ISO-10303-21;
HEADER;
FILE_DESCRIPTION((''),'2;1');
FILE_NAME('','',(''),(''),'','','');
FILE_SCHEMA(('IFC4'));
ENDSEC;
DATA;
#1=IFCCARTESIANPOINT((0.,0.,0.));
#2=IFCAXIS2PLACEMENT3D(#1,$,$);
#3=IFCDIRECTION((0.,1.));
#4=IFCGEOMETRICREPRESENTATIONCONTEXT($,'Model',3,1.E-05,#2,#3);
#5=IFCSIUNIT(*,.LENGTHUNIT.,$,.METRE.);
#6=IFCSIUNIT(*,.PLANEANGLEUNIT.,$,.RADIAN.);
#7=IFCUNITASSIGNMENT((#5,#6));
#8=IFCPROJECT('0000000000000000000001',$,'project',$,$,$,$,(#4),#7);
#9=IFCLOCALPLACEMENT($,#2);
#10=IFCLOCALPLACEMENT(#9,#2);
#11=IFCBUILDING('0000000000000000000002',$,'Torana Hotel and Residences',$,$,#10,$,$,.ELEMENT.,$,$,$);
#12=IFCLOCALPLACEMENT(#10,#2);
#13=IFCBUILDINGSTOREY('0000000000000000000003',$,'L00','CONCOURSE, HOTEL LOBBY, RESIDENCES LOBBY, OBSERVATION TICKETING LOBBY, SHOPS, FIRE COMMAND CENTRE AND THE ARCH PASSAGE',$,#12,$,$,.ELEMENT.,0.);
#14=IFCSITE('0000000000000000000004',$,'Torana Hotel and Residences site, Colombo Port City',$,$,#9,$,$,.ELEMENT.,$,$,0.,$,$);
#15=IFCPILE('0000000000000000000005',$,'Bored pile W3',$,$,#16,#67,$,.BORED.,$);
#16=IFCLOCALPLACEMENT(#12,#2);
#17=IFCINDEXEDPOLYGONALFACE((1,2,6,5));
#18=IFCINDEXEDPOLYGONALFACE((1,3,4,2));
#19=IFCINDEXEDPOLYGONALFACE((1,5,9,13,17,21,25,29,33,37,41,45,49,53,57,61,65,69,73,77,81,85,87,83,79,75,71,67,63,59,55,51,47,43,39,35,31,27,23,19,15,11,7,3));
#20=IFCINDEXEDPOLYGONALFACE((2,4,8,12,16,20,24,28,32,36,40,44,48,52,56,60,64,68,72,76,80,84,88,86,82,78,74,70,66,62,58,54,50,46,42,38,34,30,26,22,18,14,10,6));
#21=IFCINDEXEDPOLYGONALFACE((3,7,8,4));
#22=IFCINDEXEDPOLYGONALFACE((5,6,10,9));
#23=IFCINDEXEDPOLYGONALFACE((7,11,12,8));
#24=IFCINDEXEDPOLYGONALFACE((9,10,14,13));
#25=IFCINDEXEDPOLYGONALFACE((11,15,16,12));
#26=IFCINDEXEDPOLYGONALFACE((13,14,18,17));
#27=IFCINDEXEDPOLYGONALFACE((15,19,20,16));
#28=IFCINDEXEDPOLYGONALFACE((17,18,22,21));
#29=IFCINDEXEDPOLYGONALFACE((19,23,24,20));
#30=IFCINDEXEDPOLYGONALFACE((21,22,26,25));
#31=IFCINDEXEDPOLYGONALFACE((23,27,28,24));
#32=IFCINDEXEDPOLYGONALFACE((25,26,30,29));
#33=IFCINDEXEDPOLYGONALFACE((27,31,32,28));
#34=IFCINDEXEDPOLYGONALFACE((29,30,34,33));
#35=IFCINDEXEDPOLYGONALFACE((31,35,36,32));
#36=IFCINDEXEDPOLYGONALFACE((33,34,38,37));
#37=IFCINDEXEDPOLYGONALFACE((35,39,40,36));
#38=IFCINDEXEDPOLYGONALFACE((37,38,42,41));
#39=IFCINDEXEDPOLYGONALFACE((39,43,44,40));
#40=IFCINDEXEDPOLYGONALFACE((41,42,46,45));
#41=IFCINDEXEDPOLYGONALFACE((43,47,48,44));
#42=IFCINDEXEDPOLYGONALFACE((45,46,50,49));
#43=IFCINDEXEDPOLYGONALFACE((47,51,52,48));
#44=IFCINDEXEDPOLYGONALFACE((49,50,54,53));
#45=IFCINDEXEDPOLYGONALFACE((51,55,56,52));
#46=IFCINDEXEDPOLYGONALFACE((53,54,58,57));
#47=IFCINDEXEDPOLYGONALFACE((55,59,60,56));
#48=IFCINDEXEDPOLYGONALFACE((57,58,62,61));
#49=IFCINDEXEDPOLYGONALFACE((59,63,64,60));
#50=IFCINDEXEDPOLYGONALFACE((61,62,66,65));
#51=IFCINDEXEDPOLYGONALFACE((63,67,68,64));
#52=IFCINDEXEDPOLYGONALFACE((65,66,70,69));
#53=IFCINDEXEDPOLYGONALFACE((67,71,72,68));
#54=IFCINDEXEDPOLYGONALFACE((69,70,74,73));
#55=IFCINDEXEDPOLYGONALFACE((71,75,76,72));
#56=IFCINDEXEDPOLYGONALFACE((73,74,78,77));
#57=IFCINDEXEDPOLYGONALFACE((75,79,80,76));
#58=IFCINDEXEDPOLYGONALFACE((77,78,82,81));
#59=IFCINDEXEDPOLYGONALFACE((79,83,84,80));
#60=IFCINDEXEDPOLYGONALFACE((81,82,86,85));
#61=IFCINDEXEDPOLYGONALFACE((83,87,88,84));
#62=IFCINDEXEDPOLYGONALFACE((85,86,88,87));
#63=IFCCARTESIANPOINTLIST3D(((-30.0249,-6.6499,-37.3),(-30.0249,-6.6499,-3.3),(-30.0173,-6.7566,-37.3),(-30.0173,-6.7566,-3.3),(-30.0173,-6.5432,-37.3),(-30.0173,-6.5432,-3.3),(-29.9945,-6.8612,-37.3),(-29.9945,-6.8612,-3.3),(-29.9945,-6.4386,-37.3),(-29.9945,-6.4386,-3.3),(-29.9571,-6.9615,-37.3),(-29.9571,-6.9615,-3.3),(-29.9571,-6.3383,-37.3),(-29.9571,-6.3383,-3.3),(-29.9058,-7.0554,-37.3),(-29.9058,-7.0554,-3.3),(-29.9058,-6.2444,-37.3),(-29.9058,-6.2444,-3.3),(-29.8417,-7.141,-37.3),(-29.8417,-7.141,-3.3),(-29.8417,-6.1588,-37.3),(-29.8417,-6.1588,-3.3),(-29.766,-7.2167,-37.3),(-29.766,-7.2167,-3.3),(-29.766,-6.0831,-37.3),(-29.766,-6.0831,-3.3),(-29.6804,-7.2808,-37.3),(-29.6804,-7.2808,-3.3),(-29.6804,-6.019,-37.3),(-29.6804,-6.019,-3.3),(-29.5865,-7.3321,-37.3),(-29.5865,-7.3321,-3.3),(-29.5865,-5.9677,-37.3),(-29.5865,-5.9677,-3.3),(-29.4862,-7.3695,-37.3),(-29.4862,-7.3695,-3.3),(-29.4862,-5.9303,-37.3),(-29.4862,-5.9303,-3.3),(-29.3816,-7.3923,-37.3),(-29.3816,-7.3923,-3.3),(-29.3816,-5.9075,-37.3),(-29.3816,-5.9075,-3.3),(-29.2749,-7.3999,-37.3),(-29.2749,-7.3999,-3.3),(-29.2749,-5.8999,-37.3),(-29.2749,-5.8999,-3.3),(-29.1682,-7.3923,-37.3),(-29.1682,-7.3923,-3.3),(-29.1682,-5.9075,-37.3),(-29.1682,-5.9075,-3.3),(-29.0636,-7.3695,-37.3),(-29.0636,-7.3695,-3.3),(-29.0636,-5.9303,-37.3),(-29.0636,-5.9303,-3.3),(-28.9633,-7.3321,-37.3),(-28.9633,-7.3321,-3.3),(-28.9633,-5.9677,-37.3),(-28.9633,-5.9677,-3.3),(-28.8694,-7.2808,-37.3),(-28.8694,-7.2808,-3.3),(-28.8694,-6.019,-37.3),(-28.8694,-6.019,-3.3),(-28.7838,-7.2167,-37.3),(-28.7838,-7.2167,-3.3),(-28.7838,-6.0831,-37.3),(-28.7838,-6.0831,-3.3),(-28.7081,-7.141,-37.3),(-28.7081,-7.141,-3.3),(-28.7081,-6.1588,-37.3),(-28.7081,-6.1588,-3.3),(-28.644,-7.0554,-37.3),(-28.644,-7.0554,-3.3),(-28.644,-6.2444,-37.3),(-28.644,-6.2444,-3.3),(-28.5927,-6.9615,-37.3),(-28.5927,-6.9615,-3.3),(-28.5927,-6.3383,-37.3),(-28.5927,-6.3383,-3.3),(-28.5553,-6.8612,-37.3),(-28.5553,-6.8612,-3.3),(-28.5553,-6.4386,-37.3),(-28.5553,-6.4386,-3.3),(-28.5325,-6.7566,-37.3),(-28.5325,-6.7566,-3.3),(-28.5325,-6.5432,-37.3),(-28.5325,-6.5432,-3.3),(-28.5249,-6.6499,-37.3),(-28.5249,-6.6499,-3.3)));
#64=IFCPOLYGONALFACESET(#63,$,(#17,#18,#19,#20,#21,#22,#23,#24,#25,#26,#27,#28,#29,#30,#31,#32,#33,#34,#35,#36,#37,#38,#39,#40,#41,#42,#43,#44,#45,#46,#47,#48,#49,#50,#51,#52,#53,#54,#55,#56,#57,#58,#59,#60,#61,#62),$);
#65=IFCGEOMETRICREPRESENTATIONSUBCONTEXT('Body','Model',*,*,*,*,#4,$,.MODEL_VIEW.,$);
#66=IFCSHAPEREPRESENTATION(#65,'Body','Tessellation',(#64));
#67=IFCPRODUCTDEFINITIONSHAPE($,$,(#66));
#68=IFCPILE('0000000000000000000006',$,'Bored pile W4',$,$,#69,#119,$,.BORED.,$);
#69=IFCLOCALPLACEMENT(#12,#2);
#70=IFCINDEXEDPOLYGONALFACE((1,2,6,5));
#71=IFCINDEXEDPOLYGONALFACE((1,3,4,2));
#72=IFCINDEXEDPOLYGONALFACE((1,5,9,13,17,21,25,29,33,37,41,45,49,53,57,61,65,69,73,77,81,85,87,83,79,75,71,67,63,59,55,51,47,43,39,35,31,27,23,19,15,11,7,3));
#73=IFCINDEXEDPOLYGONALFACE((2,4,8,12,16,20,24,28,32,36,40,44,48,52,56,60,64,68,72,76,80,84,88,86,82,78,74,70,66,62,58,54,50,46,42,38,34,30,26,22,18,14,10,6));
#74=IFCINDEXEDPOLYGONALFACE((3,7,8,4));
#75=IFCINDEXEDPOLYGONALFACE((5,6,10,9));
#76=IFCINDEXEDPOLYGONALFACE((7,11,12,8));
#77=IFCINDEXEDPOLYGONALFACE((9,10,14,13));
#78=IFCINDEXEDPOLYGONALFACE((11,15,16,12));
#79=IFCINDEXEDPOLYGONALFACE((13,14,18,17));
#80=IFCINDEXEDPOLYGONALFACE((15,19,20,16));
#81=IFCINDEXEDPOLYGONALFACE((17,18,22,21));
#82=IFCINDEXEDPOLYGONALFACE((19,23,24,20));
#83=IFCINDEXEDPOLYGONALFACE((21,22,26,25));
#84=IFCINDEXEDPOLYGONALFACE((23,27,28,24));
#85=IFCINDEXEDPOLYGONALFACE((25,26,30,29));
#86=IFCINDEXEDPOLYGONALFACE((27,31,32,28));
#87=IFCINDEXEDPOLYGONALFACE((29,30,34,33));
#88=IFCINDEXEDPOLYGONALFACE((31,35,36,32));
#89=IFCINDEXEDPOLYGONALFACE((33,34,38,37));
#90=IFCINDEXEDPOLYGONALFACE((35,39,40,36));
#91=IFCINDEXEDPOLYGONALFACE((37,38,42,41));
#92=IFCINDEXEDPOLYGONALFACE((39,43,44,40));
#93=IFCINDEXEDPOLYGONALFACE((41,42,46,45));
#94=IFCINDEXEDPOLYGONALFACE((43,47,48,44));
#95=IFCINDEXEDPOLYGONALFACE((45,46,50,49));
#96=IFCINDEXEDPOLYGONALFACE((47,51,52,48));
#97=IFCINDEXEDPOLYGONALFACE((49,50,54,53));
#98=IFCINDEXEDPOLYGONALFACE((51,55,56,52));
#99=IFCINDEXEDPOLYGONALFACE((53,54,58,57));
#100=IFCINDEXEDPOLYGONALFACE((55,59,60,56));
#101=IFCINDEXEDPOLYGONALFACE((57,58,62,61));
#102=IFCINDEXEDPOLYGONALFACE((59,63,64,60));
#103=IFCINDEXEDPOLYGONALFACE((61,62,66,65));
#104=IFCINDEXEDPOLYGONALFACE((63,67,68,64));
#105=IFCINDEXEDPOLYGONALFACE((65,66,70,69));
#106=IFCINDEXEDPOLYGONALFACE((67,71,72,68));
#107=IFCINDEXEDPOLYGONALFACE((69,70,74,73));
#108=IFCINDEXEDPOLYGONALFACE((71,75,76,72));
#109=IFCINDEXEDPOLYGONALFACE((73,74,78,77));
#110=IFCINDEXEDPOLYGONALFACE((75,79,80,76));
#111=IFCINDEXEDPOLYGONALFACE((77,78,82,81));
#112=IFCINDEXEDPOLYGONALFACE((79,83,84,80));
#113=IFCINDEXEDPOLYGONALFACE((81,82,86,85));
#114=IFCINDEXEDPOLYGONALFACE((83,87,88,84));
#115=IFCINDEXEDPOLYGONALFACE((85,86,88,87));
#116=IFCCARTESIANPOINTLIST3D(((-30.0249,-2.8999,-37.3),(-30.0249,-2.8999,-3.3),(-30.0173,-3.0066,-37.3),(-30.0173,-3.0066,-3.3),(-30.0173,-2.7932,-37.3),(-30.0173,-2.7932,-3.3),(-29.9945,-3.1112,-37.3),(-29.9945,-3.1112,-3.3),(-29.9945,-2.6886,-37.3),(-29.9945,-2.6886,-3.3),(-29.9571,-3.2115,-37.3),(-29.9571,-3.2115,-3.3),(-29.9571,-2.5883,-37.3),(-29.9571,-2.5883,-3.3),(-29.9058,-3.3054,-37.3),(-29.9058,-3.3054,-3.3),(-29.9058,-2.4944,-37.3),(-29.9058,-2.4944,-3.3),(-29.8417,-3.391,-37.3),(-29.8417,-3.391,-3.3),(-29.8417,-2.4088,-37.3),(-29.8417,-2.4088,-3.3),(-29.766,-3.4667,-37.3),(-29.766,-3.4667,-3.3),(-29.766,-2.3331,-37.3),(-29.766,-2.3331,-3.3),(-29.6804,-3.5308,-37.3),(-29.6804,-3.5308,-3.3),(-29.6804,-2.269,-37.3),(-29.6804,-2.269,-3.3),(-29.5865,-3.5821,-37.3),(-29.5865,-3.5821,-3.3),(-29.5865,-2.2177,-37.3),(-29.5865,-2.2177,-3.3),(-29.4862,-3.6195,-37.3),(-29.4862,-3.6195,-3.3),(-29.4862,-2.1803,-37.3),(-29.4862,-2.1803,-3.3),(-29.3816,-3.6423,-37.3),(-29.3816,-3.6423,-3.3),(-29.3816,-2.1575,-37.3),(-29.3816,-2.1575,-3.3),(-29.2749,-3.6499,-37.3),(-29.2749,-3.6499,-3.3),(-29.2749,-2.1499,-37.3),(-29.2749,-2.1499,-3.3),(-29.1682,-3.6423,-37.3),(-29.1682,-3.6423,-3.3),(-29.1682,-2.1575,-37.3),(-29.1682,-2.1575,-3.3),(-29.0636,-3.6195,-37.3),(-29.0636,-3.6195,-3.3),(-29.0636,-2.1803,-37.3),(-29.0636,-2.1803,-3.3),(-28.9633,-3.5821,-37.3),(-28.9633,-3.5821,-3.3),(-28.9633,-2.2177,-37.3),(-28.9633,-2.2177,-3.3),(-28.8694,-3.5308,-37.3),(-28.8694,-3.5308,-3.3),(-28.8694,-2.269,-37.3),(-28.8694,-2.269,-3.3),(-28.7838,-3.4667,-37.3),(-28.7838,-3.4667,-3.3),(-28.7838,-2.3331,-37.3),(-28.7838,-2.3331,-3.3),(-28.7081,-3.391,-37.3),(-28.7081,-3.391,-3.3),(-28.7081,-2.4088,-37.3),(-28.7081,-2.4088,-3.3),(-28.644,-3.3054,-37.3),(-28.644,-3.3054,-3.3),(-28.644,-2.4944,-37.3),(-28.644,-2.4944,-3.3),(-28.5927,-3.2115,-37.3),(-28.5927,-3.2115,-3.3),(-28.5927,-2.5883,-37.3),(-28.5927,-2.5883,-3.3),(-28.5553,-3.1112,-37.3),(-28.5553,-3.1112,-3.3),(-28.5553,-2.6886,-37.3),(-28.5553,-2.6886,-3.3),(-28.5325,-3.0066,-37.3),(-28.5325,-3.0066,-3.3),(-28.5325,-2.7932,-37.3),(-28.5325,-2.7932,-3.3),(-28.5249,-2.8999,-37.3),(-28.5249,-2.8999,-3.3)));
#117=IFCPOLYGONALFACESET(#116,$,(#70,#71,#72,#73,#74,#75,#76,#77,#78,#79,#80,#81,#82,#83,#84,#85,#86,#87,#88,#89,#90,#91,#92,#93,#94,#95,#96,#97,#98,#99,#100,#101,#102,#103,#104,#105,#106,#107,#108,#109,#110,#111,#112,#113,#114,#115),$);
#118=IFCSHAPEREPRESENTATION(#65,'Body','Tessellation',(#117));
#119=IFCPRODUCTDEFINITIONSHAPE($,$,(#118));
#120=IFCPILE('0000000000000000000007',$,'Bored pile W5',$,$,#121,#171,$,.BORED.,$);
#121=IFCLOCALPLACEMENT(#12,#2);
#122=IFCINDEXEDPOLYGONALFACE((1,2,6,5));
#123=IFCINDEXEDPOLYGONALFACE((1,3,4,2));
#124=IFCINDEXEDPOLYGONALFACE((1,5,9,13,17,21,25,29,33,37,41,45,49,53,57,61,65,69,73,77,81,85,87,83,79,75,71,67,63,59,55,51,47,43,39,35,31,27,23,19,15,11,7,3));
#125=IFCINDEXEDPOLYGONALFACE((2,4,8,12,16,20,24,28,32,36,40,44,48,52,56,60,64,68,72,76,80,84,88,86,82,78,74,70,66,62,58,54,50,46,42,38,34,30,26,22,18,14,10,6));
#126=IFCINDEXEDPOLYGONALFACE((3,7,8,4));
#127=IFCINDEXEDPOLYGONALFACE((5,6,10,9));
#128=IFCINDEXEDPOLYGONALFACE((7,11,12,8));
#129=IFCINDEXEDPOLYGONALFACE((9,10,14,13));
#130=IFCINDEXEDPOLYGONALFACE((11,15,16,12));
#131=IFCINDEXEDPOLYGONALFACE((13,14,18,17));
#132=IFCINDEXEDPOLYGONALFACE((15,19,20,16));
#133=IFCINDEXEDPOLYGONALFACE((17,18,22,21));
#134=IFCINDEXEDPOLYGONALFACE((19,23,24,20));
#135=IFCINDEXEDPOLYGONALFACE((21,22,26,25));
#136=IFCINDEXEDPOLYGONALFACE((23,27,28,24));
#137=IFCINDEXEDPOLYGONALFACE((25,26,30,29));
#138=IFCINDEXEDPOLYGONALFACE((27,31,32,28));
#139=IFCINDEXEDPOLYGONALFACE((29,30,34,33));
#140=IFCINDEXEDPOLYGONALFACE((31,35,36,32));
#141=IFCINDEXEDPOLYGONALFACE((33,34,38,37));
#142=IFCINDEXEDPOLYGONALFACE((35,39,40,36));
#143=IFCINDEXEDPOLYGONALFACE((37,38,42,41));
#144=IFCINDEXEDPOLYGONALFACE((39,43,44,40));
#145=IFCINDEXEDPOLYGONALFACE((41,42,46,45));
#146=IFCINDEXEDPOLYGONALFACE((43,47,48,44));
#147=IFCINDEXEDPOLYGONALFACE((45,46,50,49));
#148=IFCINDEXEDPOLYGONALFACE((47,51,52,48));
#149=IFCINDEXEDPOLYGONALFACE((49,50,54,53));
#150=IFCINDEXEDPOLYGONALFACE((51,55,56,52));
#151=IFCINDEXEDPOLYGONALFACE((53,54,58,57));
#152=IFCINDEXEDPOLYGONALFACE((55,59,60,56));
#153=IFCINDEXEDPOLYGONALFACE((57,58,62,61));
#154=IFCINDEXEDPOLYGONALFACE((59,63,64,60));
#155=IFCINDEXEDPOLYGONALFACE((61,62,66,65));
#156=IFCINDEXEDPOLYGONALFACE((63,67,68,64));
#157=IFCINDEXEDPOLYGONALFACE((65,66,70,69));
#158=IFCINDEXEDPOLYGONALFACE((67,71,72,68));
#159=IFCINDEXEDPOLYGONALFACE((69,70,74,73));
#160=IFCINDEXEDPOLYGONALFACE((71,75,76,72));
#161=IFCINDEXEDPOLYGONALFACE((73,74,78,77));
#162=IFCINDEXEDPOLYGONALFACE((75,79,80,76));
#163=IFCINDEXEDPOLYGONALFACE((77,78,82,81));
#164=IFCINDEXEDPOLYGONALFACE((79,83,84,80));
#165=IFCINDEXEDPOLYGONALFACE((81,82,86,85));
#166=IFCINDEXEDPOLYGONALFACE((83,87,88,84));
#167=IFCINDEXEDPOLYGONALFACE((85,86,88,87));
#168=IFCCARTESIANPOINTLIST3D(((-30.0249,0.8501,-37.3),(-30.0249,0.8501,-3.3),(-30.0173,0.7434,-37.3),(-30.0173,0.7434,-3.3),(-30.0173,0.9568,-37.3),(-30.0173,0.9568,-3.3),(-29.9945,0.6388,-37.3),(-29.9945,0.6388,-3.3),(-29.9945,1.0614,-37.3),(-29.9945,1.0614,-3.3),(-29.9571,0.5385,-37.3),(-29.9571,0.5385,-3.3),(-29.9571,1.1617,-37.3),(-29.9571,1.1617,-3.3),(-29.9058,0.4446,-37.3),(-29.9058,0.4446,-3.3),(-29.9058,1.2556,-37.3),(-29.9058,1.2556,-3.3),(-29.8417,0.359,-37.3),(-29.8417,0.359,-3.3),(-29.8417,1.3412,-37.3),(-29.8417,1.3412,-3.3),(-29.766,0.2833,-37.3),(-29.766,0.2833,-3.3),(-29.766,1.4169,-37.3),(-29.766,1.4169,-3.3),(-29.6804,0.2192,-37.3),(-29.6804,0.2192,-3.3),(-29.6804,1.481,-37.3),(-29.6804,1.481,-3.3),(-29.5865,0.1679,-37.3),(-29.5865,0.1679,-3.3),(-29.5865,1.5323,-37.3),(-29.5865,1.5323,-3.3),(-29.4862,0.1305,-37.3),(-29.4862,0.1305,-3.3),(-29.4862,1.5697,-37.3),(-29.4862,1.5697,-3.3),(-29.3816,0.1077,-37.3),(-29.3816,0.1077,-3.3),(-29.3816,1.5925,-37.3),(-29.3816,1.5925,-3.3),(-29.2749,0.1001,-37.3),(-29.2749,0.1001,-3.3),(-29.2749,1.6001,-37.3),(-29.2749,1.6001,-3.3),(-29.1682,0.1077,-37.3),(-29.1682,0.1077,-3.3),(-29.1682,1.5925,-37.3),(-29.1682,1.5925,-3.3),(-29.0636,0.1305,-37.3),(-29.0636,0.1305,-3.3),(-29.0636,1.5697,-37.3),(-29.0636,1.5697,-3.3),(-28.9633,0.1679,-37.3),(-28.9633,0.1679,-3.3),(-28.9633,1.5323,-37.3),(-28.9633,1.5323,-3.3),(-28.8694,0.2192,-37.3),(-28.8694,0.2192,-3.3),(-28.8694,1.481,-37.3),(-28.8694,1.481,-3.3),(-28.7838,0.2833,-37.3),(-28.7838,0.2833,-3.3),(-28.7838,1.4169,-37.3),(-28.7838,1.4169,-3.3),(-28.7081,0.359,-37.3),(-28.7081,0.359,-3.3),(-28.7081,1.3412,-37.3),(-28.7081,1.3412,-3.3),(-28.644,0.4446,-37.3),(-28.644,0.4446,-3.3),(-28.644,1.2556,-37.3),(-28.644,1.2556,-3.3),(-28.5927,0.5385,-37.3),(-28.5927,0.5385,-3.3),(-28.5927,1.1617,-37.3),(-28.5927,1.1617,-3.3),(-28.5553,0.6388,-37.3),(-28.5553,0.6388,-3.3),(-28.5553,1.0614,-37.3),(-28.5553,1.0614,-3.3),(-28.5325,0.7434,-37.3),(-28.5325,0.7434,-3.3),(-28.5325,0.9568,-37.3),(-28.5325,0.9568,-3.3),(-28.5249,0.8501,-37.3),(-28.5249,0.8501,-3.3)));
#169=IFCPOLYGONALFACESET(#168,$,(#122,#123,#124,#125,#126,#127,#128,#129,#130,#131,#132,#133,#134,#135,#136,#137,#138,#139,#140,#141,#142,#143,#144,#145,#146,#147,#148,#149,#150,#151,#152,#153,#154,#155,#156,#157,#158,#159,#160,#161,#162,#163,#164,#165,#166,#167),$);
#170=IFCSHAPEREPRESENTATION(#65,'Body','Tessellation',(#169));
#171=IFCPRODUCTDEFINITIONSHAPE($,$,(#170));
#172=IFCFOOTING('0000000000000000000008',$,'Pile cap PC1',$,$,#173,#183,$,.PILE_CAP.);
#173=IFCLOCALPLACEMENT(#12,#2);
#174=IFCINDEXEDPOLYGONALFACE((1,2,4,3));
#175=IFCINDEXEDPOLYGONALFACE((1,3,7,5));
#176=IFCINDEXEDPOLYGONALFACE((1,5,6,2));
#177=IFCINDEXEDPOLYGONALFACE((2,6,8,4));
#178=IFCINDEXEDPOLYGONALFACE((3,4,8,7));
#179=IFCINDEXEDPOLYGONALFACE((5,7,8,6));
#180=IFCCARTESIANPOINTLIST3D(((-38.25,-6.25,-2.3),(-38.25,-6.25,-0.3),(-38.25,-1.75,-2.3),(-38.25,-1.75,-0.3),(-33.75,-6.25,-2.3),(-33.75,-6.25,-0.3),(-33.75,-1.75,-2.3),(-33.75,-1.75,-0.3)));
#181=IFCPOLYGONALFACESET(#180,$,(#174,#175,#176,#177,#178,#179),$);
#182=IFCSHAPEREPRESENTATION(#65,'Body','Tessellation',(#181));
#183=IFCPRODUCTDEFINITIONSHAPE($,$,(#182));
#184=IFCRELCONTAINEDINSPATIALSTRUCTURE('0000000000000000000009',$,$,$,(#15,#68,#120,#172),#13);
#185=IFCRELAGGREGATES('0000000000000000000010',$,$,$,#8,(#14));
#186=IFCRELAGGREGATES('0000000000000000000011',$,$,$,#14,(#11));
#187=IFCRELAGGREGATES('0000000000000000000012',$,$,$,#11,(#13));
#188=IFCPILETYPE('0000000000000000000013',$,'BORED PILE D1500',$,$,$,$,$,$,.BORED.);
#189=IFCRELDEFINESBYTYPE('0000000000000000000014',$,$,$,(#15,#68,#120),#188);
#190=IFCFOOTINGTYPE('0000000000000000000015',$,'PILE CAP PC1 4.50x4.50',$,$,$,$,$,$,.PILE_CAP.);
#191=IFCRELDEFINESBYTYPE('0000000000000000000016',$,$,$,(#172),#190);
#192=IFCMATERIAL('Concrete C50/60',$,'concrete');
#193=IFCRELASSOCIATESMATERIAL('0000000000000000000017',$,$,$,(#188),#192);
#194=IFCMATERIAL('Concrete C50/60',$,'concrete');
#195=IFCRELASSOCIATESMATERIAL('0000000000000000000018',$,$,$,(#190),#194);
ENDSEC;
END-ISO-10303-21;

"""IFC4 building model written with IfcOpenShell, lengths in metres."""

from ifc_helpers import new_model, si_unit, direction, frame, origin, origin_2d, place, context, subcontext, project, spatial, rectangle, circle, extrude, material, type_object, element, save


model = new_model("IFC4")

# Units and contexts
model_context = context("Model", 3, precision=1e-05, world=origin(), true_north=direction((0.0, 1.0)))
body_context = subcontext(model_context, "Body", "Model", "MODEL_VIEW")
ifc_project = project(units=[si_unit("LENGTHUNIT", "METRE"), si_unit("PLANEANGLEUNIT", "RADIAN")], contexts=[model_context])

# Site, building, storey
site_placement = place(None, origin())
site = spatial("IfcSite", under=ifc_project, at=site_placement, Name="Torana Hotel and Residences site, Colombo Port City", CompositionType="ELEMENT", RefElevation=0.0)
building_placement = place(site_placement, origin())
building = spatial("IfcBuilding", under=site, at=building_placement, Name="Torana Hotel and Residences", CompositionType="ELEMENT")
storey_placement = place(building_placement, origin())
storey = spatial("IfcBuildingStorey", under=building, at=storey_placement, Name="L00", Description="CONCOURSE, HOTEL LOBBY, RESIDENCES LOBBY, OBSERVATION TICKETING LOBBY, SHOPS, FIRE COMMAND CENTRE AND THE ARCH PASSAGE", CompositionType="ELEMENT", Elevation=0.0)

# Piles
ifc_material_1 = material(Name="Concrete C50/60", Category="concrete")
pile_type_1 = type_object("IfcPileType", Name="BORED PILE D1500", PredefinedType="BORED", material=ifc_material_1)
for number, where, z_axis, x_axis, name in (
    (1, (-29.2749, -6.6499, -3.3), (0.0, 0.0, -1.0), (1.0, 0.0, 0.0), "Bored pile W3"),
    (2, (-29.2749, -2.8999, -3.3), (0.0, 0.0, -1.0), (1.0, 0.0, 0.0), "Bored pile W4"),
    (3, (-29.2749, 0.8501, -3.3), (0.0, 0.0, -1.0), (1.0, 0.0, 0.0), "Bored pile W5"),
):
    element("IfcPile", number, at=place(storey_placement, frame(where, z_axis=z_axis, x_axis=x_axis)), inside=storey, type_object=pile_type_1, Name=name, PredefinedType="BORED", context=body_context, shape_type="SweptSolid", body=[
        extrude(circle(Radius=0.75, at=origin_2d()), origin(), (0.0, 0.0, 1.0), 34.0),
    ])

# Footing
ifc_material_2 = material(Name="Concrete C50/60", Category="concrete")
footing_type = type_object("IfcFootingType", Name="PILE CAP PC1 4.50x4.50", PredefinedType="PILE_CAP", material=ifc_material_2)
footing_placement = place(storey_placement, frame((-36.0, -4.0, -2.3), z_axis=(0.0, 0.0, 1.0), x_axis=(1.0, 0.0, 0.0)))
element("IfcFooting", 4, at=footing_placement, inside=storey, type_object=footing_type, Name="Pile cap PC1", PredefinedType="PILE_CAP", context=body_context, shape_type="SweptSolid", body=[
    extrude(rectangle(XDim=4.5, YDim=4.5, at=origin_2d()), origin(), (0.0, 0.0, 1.0), 2.0),
])

save(model, "model.ifc")
